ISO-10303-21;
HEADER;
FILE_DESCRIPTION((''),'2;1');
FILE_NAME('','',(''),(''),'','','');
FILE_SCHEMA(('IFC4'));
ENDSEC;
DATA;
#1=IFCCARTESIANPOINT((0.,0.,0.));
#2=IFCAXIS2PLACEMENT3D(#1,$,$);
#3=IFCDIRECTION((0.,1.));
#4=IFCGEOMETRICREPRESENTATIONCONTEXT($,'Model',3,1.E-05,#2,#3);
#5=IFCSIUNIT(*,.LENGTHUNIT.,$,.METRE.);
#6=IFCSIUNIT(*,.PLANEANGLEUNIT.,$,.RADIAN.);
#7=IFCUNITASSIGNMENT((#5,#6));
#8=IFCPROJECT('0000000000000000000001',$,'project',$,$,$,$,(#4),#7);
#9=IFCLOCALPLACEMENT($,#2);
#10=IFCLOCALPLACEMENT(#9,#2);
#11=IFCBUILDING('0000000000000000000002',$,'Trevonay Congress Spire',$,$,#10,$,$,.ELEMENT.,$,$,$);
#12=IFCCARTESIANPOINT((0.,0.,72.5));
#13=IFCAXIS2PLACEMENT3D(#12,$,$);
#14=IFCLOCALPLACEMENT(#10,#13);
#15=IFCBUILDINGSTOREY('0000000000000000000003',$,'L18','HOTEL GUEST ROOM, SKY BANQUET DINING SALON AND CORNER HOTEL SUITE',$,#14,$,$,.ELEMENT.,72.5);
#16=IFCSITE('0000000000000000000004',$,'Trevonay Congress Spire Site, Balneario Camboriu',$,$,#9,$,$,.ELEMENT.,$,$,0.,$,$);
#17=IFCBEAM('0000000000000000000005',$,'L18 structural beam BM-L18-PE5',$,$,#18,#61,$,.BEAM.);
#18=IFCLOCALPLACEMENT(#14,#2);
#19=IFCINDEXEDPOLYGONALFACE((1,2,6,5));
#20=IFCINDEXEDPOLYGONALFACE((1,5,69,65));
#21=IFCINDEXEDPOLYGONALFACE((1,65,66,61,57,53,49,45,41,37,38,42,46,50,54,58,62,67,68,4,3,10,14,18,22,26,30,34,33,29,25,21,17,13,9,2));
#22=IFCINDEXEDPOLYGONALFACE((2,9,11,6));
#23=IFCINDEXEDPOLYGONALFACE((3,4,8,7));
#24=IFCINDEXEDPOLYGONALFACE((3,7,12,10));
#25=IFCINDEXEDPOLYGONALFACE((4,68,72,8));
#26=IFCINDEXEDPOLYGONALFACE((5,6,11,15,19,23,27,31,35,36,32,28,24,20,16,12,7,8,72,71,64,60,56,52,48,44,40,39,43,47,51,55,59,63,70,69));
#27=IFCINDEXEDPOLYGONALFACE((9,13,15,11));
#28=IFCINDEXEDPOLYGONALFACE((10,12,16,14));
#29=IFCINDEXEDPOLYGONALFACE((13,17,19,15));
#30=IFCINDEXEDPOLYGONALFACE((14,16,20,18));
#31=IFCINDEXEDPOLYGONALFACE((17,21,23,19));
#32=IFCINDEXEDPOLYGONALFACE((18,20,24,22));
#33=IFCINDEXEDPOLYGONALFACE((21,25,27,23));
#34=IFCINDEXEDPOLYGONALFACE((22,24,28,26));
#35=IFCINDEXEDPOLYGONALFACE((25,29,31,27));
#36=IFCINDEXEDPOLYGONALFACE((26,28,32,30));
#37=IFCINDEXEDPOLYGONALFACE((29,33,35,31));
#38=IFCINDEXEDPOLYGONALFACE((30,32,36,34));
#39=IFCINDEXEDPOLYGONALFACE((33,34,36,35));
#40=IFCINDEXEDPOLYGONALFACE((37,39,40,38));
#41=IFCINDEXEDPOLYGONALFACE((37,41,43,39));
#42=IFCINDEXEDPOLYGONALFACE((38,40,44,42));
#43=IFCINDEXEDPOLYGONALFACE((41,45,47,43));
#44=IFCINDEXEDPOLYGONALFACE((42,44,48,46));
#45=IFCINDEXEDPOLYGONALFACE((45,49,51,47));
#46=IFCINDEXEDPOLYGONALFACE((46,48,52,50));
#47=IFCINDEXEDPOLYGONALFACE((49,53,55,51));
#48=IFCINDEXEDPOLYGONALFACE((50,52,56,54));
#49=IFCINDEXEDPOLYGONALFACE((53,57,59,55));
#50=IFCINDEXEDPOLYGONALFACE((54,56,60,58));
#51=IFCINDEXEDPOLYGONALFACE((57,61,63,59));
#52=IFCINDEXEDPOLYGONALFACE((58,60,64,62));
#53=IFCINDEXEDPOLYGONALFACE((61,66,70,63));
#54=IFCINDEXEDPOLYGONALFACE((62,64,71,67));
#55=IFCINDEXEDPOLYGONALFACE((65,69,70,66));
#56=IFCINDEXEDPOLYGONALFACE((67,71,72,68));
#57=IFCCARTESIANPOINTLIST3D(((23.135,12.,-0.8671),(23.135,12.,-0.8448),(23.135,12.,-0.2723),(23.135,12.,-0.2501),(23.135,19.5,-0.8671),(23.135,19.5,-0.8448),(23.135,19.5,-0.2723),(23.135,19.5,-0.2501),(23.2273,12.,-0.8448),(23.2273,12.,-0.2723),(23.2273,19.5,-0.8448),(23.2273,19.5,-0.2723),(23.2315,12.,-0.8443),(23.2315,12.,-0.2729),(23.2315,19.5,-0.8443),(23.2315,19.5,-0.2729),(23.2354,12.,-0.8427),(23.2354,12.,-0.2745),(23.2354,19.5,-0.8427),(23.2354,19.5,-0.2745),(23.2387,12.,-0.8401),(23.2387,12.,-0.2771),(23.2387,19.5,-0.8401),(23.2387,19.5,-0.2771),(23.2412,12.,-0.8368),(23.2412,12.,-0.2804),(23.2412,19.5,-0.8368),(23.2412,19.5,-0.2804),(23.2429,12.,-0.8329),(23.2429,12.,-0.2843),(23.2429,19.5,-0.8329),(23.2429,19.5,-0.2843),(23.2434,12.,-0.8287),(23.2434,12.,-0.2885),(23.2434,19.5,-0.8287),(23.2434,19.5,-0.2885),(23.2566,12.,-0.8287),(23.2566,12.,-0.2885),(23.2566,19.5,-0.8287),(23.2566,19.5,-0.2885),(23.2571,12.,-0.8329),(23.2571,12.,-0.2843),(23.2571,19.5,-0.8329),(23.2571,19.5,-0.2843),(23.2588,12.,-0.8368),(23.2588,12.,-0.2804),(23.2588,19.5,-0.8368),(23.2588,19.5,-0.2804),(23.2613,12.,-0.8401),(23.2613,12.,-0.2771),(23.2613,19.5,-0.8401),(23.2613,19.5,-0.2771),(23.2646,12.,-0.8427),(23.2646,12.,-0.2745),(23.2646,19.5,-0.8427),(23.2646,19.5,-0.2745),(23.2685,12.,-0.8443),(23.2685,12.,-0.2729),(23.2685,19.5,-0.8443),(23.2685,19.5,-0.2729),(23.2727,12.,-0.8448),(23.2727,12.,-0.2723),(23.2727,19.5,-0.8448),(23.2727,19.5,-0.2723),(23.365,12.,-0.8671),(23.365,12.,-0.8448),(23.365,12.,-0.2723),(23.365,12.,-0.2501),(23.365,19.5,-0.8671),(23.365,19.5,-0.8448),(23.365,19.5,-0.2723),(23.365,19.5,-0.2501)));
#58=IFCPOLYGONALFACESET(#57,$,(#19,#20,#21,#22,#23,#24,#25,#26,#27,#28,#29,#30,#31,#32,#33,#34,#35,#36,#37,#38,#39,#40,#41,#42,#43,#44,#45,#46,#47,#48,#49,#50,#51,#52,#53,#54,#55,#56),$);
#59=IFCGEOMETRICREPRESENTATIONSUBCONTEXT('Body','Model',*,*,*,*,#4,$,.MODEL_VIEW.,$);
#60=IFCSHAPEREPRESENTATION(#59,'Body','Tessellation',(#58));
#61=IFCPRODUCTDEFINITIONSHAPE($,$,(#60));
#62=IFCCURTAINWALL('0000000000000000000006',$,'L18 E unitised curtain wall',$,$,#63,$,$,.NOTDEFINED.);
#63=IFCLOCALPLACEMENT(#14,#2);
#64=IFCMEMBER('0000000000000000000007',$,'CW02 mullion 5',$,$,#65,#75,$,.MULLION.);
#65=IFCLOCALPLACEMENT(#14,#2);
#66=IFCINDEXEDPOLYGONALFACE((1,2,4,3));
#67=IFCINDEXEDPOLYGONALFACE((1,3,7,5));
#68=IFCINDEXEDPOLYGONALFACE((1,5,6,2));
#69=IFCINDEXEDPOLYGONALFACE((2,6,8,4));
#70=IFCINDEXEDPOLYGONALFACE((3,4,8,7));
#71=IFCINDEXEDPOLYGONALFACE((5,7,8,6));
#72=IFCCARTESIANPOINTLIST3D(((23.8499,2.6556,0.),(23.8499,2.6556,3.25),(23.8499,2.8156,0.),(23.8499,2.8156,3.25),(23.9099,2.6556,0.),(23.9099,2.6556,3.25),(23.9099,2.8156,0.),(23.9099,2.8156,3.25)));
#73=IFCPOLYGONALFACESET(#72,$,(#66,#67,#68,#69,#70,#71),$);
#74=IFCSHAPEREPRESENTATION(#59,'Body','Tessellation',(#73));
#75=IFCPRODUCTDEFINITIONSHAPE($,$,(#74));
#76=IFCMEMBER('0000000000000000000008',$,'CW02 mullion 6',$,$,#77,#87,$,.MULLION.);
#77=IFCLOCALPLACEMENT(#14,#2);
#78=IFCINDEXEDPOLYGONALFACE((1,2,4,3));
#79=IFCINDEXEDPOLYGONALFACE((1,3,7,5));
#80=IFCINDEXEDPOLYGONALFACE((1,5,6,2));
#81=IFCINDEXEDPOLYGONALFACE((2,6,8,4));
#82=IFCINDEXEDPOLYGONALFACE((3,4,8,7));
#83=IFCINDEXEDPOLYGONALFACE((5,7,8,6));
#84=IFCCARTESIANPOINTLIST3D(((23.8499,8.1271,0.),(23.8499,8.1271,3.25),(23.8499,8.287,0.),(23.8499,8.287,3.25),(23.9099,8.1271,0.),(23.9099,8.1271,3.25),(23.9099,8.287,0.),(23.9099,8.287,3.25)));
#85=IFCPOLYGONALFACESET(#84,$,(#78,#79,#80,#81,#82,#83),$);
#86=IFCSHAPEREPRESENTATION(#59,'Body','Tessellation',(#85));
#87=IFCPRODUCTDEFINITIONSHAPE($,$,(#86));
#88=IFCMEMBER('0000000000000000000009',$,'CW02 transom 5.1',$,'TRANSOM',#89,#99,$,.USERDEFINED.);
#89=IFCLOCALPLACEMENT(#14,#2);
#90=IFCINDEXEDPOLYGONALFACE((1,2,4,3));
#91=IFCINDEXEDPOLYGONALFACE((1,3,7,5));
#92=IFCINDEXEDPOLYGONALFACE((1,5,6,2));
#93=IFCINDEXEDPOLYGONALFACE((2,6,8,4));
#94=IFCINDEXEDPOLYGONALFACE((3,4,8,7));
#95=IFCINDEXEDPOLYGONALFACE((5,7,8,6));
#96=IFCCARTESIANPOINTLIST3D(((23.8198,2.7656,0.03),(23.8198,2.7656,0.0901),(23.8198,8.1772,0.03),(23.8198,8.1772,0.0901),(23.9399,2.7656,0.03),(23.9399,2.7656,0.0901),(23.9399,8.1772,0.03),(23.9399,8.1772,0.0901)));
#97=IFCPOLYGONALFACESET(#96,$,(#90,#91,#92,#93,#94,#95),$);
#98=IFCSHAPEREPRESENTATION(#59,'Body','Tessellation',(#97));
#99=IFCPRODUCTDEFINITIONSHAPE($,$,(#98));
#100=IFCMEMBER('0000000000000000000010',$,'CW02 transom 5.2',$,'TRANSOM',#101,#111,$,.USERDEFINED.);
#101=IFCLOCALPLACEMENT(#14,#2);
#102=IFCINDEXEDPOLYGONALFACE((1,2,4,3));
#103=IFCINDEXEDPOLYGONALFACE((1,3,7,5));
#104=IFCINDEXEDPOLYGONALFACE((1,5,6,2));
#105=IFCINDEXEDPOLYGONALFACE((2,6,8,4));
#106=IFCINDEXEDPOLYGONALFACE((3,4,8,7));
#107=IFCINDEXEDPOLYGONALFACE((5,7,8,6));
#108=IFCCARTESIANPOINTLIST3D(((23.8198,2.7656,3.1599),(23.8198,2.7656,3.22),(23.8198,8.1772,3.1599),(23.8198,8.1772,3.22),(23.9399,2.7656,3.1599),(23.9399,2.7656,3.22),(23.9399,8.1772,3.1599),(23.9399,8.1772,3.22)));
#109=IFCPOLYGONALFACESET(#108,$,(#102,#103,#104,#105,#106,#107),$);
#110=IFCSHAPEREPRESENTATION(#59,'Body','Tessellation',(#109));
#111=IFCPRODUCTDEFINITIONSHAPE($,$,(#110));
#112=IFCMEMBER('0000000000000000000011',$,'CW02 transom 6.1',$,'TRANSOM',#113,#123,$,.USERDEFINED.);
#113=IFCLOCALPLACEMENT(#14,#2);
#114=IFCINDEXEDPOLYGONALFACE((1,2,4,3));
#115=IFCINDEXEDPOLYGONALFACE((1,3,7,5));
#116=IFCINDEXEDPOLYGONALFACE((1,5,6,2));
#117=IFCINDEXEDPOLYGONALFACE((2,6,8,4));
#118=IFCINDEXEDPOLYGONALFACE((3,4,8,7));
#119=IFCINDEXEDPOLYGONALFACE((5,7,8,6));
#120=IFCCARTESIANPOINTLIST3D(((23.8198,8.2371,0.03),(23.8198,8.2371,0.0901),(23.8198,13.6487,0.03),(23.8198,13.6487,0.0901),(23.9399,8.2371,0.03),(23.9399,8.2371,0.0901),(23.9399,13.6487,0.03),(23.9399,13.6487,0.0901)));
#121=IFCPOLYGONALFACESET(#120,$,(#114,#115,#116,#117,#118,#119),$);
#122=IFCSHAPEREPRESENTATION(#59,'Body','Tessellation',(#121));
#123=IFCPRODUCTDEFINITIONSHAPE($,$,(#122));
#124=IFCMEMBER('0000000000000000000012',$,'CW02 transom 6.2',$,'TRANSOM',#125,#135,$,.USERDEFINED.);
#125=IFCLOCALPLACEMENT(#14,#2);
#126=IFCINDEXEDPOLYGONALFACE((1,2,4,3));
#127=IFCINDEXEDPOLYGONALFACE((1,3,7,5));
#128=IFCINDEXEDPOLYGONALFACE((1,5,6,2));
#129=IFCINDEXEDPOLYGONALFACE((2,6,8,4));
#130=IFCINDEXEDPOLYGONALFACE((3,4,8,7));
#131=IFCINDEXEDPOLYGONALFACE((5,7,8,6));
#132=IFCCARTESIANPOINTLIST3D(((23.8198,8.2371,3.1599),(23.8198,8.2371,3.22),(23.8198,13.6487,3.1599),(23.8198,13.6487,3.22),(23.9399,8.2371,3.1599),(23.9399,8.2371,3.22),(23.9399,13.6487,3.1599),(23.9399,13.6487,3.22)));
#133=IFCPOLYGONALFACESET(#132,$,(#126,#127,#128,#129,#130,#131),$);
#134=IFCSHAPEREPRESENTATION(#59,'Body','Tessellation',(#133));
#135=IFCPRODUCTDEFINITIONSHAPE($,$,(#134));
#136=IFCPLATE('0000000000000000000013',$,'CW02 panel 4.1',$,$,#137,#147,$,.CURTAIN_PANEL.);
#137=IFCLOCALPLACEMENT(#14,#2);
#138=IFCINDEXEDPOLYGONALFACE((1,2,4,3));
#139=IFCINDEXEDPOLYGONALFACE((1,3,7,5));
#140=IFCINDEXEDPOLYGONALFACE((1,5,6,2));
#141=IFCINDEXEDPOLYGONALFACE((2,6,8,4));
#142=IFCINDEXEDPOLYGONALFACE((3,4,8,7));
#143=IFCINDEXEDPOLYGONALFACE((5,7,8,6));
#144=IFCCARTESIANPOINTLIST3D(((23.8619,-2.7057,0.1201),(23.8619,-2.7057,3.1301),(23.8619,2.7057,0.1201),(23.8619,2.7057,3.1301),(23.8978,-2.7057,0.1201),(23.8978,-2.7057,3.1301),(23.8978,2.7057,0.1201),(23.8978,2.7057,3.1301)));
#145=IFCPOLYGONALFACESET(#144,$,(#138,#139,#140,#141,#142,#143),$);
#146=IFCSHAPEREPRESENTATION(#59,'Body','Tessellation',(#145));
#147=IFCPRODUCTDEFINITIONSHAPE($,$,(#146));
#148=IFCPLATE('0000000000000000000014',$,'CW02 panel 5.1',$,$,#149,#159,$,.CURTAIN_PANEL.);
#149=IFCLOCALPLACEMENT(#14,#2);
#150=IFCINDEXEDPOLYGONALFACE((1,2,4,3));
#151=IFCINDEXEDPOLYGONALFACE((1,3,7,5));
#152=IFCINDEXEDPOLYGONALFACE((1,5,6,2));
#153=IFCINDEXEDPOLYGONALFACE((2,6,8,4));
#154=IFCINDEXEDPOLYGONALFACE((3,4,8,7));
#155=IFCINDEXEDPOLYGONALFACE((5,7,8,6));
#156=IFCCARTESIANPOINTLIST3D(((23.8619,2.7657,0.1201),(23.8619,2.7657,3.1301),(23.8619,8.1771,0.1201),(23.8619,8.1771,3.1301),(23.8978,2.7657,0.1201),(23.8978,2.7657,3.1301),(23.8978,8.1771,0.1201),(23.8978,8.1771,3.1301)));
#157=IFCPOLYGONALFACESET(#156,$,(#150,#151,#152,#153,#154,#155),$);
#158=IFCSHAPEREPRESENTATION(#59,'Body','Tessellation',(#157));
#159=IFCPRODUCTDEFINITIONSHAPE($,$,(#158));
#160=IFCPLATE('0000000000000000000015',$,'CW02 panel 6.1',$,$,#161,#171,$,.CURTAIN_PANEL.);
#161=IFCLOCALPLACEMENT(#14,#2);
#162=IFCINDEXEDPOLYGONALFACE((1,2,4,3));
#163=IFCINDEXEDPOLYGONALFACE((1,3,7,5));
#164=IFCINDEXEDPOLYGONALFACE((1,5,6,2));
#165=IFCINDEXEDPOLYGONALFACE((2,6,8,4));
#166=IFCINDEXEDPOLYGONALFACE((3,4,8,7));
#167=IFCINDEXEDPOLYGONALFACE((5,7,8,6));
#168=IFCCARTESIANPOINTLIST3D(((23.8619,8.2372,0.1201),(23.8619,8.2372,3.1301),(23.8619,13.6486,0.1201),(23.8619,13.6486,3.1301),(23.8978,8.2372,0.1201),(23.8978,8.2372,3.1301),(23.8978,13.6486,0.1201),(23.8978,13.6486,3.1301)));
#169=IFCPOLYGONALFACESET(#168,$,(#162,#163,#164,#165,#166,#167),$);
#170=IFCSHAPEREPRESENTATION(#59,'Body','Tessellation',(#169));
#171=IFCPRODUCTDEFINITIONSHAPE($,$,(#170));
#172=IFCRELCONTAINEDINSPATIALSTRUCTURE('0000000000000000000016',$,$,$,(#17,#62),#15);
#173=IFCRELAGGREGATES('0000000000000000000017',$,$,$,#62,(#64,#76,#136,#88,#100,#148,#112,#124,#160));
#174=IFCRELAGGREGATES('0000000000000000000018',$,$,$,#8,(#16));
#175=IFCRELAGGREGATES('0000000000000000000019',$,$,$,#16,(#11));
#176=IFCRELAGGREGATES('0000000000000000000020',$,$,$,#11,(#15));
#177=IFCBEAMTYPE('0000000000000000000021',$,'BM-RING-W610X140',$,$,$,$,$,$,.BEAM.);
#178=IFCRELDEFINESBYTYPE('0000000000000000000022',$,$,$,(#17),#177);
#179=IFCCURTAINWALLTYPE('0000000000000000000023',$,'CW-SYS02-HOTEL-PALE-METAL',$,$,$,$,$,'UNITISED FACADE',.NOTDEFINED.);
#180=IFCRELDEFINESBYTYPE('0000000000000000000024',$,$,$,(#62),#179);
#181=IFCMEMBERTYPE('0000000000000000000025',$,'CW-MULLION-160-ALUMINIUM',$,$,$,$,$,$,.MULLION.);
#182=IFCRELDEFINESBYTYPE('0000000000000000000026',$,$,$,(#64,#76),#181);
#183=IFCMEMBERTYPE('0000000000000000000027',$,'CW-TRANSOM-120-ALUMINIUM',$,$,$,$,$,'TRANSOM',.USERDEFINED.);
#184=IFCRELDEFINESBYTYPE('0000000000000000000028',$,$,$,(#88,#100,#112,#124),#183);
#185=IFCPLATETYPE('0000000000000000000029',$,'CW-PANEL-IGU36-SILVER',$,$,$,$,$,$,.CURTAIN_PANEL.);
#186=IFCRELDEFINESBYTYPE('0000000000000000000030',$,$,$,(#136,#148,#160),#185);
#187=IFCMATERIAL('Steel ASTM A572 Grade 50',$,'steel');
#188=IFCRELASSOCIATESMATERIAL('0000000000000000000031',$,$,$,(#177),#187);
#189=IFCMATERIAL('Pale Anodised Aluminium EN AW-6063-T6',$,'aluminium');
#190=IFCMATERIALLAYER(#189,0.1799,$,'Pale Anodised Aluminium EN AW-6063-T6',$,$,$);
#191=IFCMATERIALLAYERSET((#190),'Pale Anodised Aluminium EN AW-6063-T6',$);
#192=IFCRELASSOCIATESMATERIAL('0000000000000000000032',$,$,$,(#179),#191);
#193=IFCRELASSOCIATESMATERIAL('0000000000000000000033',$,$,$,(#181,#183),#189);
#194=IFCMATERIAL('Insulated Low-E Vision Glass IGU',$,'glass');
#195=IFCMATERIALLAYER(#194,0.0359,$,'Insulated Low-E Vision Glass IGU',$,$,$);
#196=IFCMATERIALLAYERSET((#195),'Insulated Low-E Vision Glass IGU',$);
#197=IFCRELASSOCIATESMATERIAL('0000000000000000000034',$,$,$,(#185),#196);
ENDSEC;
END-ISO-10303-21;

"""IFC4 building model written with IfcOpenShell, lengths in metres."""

from ifc_helpers import new_model, si_unit, direction, frame, origin, origin_2d, place, context, subcontext, project, spatial, rectangle, i_section, extrude, material, layer, layer_set, material_profile, profile_set, type_object, element, aggregate, save


model = new_model("IFC4")

# Units and contexts
model_context = context("Model", 3, precision=1e-05, world=origin(), true_north=direction((0.0, 1.0)))
body_context = subcontext(model_context, "Body", "Model", "MODEL_VIEW")
ifc_project = project(units=[si_unit("LENGTHUNIT", "METRE"), si_unit("PLANEANGLEUNIT", "RADIAN")], contexts=[model_context])

# Site, building, storey
site_placement = place(None, origin())
site = spatial("IfcSite", under=ifc_project, at=site_placement, Name="Trevonay Congress Spire Site, Balneario Camboriu", CompositionType="ELEMENT", RefElevation=0.0)
building_placement = place(site_placement, origin())
building = spatial("IfcBuilding", under=site, at=building_placement, Name="Trevonay Congress Spire", CompositionType="ELEMENT")
storey_placement = place(building_placement, frame((0.0, 0.0, 72.5)))
storey = spatial("IfcBuildingStorey", under=building, at=storey_placement, Name="L18", Description="HOTEL GUEST ROOM, SKY BANQUET DINING SALON AND CORNER HOTEL SUITE", CompositionType="ELEMENT", Elevation=72.5)

# Shared definitions
ifc_material_1 = material(Name="Steel ASTM A572 Grade 50", Category="steel")

# Beam
ifc_material_profile_1 = material_profile(ifc_material_1, i_section(OverallWidth=0.23, OverallDepth=0.6169, WebThickness=0.0132, FlangeThickness=0.0222, FilletRadius=0.0161, at=origin_2d()), Name="W610x140")
ifc_profile_set_1 = profile_set([ifc_material_profile_1], Name="Steel ASTM A572 Grade 50")
beam_type_1 = type_object("IfcBeamType", Name="BM-RING-W610X140", PredefinedType="BEAM", material=ifc_profile_set_1)
beam_1_placement = place(storey_placement, frame((23.25, 12.0, -0.5586), z_axis=(0.0, 1.0, 0.0), x_axis=(-1.0, 0.0, 0.0)))
element("IfcBeam", 1, at=beam_1_placement, inside=storey, type_object=beam_type_1, Name="L18 structural beam BM-L18-PE5", PredefinedType="BEAM", context=body_context, shape_type="SweptSolid", body=[
    extrude(i_section(OverallWidth=0.23, OverallDepth=0.6169, WebThickness=0.0132, FlangeThickness=0.0222, FilletRadius=0.0161, at=origin_2d()), origin(), (0.0, 0.0, 1.0), 7.5),
])

# Curtain wall, members, plates
ifc_material_2 = material(Name="Pale Anodised Aluminium EN AW-6063-T6", Category="aluminium")
ifc_layer_1 = layer(ifc_material_2, 0.1799, Name="Pale Anodised Aluminium EN AW-6063-T6")
ifc_layer_set_1 = layer_set([ifc_layer_1], Name="Pale Anodised Aluminium EN AW-6063-T6")
curtain_wall_type = type_object("IfcCurtainWallType", Name="CW-SYS02-HOTEL-PALE-METAL", ElementType="UNITISED FACADE", PredefinedType="NOTDEFINED", material=ifc_layer_set_1)
curtain_wall_placement = place(storey_placement, origin())
curtain_wall = element("IfcCurtainWall", 2, at=curtain_wall_placement, inside=storey, type_object=curtain_wall_type, Name="L18 E unitised curtain wall", PredefinedType="NOTDEFINED")
ifc_material_profile_2 = material_profile(ifc_material_2, rectangle(XDim=0.0601, YDim=0.1599, at=origin_2d()), Name="CW-MULLION-160-ALUMINIUM")
ifc_profile_set_2 = profile_set([ifc_material_profile_2], Name="Pale Anodised Aluminium EN AW-6063-T6")
member_type_1 = type_object("IfcMemberType", Name="CW-MULLION-160-ALUMINIUM", PredefinedType="MULLION", material=ifc_profile_set_2)
member_1_placement = place(storey_placement, frame((23.8799, 2.7356, 0.0), z_axis=(0.0, 0.0, 1.0), x_axis=(-1.0, 0.0, 0.0)))
member_1 = element("IfcMember", 3, at=member_1_placement, type_object=member_type_1, Name="CW02 mullion 5", PredefinedType="MULLION", context=body_context, shape_type="SweptSolid", body=[
    extrude(rectangle(XDim=0.0601, YDim=0.1599, at=origin_2d()), origin(), (0.0, 0.0, 1.0), 3.25),
])
member_2_placement = place(storey_placement, frame((23.8799, 8.207, 0.0), z_axis=(0.0, 0.0, 1.0), x_axis=(-1.0, 0.0, 0.0)))
member_2 = element("IfcMember", 4, at=member_2_placement, type_object=member_type_1, Name="CW02 mullion 6", PredefinedType="MULLION", context=body_context, shape_type="SweptSolid", body=[
    extrude(rectangle(XDim=0.0601, YDim=0.1599, at=origin_2d()), origin(), (0.0, 0.0, 1.0), 3.25),
])
ifc_material_profile_3 = material_profile(ifc_material_2, rectangle(XDim=0.1201, YDim=0.0601, at=origin_2d()), Name="CW-TRANSOM-120-ALUMINIUM")
ifc_profile_set_3 = profile_set([ifc_material_profile_3], Name="Pale Anodised Aluminium EN AW-6063-T6")
member_type_2 = type_object("IfcMemberType", Name="CW-TRANSOM-120-ALUMINIUM", ElementType="TRANSOM", PredefinedType="USERDEFINED", material=ifc_profile_set_3)
member_3_placement = place(storey_placement, frame((23.8799, 2.7656, 0.0601), z_axis=(0.0, 1.0, 0.0), x_axis=(-1.0, 0.0, 0.0)))
member_3 = element("IfcMember", 5, at=member_3_placement, type_object=member_type_2, Name="CW02 transom 5.1", ObjectType="TRANSOM", PredefinedType="USERDEFINED", context=body_context, shape_type="SweptSolid", body=[
    extrude(rectangle(XDim=0.1201, YDim=0.0601, at=origin_2d()), origin(), (0.0, 0.0, 1.0), 5.4116),
])
member_4_placement = place(storey_placement, frame((23.8799, 2.7656, 3.1899), z_axis=(0.0, 1.0, 0.0), x_axis=(-1.0, 0.0, 0.0)))
member_4 = element("IfcMember", 6, at=member_4_placement, type_object=member_type_2, Name="CW02 transom 5.2", ObjectType="TRANSOM", PredefinedType="USERDEFINED", context=body_context, shape_type="SweptSolid", body=[
    extrude(rectangle(XDim=0.1201, YDim=0.0601, at=origin_2d()), origin(), (0.0, 0.0, 1.0), 5.4116),
])
member_5_placement = place(storey_placement, frame((23.8799, 8.2371, 0.0601), z_axis=(0.0, 1.0, 0.0), x_axis=(-1.0, 0.0, 0.0)))
member_5 = element("IfcMember", 7, at=member_5_placement, type_object=member_type_2, Name="CW02 transom 6.1", ObjectType="TRANSOM", PredefinedType="USERDEFINED", context=body_context, shape_type="SweptSolid", body=[
    extrude(rectangle(XDim=0.1201, YDim=0.0601, at=origin_2d()), origin(), (0.0, 0.0, 1.0), 5.4116),
])
member_6_placement = place(storey_placement, frame((23.8799, 8.2371, 3.1899), z_axis=(0.0, 1.0, 0.0), x_axis=(-1.0, 0.0, 0.0)))
member_6 = element("IfcMember", 8, at=member_6_placement, type_object=member_type_2, Name="CW02 transom 6.2", ObjectType="TRANSOM", PredefinedType="USERDEFINED", context=body_context, shape_type="SweptSolid", body=[
    extrude(rectangle(XDim=0.1201, YDim=0.0601, at=origin_2d()), origin(), (0.0, 0.0, 1.0), 5.4116),
])
ifc_material_3 = material(Name="Insulated Low-E Vision Glass IGU", Category="glass")
ifc_layer_2 = layer(ifc_material_3, 0.0359, Name="Insulated Low-E Vision Glass IGU")
ifc_layer_set_2 = layer_set([ifc_layer_2], Name="Insulated Low-E Vision Glass IGU")
plate_type = type_object("IfcPlateType", Name="CW-PANEL-IGU36-SILVER", PredefinedType="CURTAIN_PANEL", material=ifc_layer_set_2)
plate_1_placement = place(storey_placement, frame((23.8799, 0.0, 0.1201), z_axis=(0.0, 0.0, 1.0), x_axis=(0.0, 1.0, 0.0)))
plate_1 = element("IfcPlate", 9, at=plate_1_placement, type_object=plate_type, Name="CW02 panel 4.1", PredefinedType="CURTAIN_PANEL", context=body_context, shape_type="SweptSolid", body=[
    extrude(rectangle(XDim=5.4114, YDim=0.0359, at=origin_2d()), origin(), (0.0, 0.0, 1.0), 3.01),
])
plate_2_placement = place(storey_placement, frame((23.8799, 5.4714, 0.1201), z_axis=(0.0, 0.0, 1.0), x_axis=(0.0, 1.0, 0.0)))
plate_2 = element("IfcPlate", 10, at=plate_2_placement, type_object=plate_type, Name="CW02 panel 5.1", PredefinedType="CURTAIN_PANEL", context=body_context, shape_type="SweptSolid", body=[
    extrude(rectangle(XDim=5.4114, YDim=0.0359, at=origin_2d()), origin(), (0.0, 0.0, 1.0), 3.01),
])
plate_3_placement = place(storey_placement, frame((23.8799, 10.9429, 0.1201), z_axis=(0.0, 0.0, 1.0), x_axis=(0.0, 1.0, 0.0)))
plate_3 = element("IfcPlate", 11, at=plate_3_placement, type_object=plate_type, Name="CW02 panel 6.1", PredefinedType="CURTAIN_PANEL", context=body_context, shape_type="SweptSolid", body=[
    extrude(rectangle(XDim=5.4114, YDim=0.0359, at=origin_2d()), origin(), (0.0, 0.0, 1.0), 3.01),
])
aggregate(curtain_wall, [member_1, member_2, plate_1, member_3, member_4, plate_2, member_5, member_6, plate_3])

save(model, "model.ifc")
